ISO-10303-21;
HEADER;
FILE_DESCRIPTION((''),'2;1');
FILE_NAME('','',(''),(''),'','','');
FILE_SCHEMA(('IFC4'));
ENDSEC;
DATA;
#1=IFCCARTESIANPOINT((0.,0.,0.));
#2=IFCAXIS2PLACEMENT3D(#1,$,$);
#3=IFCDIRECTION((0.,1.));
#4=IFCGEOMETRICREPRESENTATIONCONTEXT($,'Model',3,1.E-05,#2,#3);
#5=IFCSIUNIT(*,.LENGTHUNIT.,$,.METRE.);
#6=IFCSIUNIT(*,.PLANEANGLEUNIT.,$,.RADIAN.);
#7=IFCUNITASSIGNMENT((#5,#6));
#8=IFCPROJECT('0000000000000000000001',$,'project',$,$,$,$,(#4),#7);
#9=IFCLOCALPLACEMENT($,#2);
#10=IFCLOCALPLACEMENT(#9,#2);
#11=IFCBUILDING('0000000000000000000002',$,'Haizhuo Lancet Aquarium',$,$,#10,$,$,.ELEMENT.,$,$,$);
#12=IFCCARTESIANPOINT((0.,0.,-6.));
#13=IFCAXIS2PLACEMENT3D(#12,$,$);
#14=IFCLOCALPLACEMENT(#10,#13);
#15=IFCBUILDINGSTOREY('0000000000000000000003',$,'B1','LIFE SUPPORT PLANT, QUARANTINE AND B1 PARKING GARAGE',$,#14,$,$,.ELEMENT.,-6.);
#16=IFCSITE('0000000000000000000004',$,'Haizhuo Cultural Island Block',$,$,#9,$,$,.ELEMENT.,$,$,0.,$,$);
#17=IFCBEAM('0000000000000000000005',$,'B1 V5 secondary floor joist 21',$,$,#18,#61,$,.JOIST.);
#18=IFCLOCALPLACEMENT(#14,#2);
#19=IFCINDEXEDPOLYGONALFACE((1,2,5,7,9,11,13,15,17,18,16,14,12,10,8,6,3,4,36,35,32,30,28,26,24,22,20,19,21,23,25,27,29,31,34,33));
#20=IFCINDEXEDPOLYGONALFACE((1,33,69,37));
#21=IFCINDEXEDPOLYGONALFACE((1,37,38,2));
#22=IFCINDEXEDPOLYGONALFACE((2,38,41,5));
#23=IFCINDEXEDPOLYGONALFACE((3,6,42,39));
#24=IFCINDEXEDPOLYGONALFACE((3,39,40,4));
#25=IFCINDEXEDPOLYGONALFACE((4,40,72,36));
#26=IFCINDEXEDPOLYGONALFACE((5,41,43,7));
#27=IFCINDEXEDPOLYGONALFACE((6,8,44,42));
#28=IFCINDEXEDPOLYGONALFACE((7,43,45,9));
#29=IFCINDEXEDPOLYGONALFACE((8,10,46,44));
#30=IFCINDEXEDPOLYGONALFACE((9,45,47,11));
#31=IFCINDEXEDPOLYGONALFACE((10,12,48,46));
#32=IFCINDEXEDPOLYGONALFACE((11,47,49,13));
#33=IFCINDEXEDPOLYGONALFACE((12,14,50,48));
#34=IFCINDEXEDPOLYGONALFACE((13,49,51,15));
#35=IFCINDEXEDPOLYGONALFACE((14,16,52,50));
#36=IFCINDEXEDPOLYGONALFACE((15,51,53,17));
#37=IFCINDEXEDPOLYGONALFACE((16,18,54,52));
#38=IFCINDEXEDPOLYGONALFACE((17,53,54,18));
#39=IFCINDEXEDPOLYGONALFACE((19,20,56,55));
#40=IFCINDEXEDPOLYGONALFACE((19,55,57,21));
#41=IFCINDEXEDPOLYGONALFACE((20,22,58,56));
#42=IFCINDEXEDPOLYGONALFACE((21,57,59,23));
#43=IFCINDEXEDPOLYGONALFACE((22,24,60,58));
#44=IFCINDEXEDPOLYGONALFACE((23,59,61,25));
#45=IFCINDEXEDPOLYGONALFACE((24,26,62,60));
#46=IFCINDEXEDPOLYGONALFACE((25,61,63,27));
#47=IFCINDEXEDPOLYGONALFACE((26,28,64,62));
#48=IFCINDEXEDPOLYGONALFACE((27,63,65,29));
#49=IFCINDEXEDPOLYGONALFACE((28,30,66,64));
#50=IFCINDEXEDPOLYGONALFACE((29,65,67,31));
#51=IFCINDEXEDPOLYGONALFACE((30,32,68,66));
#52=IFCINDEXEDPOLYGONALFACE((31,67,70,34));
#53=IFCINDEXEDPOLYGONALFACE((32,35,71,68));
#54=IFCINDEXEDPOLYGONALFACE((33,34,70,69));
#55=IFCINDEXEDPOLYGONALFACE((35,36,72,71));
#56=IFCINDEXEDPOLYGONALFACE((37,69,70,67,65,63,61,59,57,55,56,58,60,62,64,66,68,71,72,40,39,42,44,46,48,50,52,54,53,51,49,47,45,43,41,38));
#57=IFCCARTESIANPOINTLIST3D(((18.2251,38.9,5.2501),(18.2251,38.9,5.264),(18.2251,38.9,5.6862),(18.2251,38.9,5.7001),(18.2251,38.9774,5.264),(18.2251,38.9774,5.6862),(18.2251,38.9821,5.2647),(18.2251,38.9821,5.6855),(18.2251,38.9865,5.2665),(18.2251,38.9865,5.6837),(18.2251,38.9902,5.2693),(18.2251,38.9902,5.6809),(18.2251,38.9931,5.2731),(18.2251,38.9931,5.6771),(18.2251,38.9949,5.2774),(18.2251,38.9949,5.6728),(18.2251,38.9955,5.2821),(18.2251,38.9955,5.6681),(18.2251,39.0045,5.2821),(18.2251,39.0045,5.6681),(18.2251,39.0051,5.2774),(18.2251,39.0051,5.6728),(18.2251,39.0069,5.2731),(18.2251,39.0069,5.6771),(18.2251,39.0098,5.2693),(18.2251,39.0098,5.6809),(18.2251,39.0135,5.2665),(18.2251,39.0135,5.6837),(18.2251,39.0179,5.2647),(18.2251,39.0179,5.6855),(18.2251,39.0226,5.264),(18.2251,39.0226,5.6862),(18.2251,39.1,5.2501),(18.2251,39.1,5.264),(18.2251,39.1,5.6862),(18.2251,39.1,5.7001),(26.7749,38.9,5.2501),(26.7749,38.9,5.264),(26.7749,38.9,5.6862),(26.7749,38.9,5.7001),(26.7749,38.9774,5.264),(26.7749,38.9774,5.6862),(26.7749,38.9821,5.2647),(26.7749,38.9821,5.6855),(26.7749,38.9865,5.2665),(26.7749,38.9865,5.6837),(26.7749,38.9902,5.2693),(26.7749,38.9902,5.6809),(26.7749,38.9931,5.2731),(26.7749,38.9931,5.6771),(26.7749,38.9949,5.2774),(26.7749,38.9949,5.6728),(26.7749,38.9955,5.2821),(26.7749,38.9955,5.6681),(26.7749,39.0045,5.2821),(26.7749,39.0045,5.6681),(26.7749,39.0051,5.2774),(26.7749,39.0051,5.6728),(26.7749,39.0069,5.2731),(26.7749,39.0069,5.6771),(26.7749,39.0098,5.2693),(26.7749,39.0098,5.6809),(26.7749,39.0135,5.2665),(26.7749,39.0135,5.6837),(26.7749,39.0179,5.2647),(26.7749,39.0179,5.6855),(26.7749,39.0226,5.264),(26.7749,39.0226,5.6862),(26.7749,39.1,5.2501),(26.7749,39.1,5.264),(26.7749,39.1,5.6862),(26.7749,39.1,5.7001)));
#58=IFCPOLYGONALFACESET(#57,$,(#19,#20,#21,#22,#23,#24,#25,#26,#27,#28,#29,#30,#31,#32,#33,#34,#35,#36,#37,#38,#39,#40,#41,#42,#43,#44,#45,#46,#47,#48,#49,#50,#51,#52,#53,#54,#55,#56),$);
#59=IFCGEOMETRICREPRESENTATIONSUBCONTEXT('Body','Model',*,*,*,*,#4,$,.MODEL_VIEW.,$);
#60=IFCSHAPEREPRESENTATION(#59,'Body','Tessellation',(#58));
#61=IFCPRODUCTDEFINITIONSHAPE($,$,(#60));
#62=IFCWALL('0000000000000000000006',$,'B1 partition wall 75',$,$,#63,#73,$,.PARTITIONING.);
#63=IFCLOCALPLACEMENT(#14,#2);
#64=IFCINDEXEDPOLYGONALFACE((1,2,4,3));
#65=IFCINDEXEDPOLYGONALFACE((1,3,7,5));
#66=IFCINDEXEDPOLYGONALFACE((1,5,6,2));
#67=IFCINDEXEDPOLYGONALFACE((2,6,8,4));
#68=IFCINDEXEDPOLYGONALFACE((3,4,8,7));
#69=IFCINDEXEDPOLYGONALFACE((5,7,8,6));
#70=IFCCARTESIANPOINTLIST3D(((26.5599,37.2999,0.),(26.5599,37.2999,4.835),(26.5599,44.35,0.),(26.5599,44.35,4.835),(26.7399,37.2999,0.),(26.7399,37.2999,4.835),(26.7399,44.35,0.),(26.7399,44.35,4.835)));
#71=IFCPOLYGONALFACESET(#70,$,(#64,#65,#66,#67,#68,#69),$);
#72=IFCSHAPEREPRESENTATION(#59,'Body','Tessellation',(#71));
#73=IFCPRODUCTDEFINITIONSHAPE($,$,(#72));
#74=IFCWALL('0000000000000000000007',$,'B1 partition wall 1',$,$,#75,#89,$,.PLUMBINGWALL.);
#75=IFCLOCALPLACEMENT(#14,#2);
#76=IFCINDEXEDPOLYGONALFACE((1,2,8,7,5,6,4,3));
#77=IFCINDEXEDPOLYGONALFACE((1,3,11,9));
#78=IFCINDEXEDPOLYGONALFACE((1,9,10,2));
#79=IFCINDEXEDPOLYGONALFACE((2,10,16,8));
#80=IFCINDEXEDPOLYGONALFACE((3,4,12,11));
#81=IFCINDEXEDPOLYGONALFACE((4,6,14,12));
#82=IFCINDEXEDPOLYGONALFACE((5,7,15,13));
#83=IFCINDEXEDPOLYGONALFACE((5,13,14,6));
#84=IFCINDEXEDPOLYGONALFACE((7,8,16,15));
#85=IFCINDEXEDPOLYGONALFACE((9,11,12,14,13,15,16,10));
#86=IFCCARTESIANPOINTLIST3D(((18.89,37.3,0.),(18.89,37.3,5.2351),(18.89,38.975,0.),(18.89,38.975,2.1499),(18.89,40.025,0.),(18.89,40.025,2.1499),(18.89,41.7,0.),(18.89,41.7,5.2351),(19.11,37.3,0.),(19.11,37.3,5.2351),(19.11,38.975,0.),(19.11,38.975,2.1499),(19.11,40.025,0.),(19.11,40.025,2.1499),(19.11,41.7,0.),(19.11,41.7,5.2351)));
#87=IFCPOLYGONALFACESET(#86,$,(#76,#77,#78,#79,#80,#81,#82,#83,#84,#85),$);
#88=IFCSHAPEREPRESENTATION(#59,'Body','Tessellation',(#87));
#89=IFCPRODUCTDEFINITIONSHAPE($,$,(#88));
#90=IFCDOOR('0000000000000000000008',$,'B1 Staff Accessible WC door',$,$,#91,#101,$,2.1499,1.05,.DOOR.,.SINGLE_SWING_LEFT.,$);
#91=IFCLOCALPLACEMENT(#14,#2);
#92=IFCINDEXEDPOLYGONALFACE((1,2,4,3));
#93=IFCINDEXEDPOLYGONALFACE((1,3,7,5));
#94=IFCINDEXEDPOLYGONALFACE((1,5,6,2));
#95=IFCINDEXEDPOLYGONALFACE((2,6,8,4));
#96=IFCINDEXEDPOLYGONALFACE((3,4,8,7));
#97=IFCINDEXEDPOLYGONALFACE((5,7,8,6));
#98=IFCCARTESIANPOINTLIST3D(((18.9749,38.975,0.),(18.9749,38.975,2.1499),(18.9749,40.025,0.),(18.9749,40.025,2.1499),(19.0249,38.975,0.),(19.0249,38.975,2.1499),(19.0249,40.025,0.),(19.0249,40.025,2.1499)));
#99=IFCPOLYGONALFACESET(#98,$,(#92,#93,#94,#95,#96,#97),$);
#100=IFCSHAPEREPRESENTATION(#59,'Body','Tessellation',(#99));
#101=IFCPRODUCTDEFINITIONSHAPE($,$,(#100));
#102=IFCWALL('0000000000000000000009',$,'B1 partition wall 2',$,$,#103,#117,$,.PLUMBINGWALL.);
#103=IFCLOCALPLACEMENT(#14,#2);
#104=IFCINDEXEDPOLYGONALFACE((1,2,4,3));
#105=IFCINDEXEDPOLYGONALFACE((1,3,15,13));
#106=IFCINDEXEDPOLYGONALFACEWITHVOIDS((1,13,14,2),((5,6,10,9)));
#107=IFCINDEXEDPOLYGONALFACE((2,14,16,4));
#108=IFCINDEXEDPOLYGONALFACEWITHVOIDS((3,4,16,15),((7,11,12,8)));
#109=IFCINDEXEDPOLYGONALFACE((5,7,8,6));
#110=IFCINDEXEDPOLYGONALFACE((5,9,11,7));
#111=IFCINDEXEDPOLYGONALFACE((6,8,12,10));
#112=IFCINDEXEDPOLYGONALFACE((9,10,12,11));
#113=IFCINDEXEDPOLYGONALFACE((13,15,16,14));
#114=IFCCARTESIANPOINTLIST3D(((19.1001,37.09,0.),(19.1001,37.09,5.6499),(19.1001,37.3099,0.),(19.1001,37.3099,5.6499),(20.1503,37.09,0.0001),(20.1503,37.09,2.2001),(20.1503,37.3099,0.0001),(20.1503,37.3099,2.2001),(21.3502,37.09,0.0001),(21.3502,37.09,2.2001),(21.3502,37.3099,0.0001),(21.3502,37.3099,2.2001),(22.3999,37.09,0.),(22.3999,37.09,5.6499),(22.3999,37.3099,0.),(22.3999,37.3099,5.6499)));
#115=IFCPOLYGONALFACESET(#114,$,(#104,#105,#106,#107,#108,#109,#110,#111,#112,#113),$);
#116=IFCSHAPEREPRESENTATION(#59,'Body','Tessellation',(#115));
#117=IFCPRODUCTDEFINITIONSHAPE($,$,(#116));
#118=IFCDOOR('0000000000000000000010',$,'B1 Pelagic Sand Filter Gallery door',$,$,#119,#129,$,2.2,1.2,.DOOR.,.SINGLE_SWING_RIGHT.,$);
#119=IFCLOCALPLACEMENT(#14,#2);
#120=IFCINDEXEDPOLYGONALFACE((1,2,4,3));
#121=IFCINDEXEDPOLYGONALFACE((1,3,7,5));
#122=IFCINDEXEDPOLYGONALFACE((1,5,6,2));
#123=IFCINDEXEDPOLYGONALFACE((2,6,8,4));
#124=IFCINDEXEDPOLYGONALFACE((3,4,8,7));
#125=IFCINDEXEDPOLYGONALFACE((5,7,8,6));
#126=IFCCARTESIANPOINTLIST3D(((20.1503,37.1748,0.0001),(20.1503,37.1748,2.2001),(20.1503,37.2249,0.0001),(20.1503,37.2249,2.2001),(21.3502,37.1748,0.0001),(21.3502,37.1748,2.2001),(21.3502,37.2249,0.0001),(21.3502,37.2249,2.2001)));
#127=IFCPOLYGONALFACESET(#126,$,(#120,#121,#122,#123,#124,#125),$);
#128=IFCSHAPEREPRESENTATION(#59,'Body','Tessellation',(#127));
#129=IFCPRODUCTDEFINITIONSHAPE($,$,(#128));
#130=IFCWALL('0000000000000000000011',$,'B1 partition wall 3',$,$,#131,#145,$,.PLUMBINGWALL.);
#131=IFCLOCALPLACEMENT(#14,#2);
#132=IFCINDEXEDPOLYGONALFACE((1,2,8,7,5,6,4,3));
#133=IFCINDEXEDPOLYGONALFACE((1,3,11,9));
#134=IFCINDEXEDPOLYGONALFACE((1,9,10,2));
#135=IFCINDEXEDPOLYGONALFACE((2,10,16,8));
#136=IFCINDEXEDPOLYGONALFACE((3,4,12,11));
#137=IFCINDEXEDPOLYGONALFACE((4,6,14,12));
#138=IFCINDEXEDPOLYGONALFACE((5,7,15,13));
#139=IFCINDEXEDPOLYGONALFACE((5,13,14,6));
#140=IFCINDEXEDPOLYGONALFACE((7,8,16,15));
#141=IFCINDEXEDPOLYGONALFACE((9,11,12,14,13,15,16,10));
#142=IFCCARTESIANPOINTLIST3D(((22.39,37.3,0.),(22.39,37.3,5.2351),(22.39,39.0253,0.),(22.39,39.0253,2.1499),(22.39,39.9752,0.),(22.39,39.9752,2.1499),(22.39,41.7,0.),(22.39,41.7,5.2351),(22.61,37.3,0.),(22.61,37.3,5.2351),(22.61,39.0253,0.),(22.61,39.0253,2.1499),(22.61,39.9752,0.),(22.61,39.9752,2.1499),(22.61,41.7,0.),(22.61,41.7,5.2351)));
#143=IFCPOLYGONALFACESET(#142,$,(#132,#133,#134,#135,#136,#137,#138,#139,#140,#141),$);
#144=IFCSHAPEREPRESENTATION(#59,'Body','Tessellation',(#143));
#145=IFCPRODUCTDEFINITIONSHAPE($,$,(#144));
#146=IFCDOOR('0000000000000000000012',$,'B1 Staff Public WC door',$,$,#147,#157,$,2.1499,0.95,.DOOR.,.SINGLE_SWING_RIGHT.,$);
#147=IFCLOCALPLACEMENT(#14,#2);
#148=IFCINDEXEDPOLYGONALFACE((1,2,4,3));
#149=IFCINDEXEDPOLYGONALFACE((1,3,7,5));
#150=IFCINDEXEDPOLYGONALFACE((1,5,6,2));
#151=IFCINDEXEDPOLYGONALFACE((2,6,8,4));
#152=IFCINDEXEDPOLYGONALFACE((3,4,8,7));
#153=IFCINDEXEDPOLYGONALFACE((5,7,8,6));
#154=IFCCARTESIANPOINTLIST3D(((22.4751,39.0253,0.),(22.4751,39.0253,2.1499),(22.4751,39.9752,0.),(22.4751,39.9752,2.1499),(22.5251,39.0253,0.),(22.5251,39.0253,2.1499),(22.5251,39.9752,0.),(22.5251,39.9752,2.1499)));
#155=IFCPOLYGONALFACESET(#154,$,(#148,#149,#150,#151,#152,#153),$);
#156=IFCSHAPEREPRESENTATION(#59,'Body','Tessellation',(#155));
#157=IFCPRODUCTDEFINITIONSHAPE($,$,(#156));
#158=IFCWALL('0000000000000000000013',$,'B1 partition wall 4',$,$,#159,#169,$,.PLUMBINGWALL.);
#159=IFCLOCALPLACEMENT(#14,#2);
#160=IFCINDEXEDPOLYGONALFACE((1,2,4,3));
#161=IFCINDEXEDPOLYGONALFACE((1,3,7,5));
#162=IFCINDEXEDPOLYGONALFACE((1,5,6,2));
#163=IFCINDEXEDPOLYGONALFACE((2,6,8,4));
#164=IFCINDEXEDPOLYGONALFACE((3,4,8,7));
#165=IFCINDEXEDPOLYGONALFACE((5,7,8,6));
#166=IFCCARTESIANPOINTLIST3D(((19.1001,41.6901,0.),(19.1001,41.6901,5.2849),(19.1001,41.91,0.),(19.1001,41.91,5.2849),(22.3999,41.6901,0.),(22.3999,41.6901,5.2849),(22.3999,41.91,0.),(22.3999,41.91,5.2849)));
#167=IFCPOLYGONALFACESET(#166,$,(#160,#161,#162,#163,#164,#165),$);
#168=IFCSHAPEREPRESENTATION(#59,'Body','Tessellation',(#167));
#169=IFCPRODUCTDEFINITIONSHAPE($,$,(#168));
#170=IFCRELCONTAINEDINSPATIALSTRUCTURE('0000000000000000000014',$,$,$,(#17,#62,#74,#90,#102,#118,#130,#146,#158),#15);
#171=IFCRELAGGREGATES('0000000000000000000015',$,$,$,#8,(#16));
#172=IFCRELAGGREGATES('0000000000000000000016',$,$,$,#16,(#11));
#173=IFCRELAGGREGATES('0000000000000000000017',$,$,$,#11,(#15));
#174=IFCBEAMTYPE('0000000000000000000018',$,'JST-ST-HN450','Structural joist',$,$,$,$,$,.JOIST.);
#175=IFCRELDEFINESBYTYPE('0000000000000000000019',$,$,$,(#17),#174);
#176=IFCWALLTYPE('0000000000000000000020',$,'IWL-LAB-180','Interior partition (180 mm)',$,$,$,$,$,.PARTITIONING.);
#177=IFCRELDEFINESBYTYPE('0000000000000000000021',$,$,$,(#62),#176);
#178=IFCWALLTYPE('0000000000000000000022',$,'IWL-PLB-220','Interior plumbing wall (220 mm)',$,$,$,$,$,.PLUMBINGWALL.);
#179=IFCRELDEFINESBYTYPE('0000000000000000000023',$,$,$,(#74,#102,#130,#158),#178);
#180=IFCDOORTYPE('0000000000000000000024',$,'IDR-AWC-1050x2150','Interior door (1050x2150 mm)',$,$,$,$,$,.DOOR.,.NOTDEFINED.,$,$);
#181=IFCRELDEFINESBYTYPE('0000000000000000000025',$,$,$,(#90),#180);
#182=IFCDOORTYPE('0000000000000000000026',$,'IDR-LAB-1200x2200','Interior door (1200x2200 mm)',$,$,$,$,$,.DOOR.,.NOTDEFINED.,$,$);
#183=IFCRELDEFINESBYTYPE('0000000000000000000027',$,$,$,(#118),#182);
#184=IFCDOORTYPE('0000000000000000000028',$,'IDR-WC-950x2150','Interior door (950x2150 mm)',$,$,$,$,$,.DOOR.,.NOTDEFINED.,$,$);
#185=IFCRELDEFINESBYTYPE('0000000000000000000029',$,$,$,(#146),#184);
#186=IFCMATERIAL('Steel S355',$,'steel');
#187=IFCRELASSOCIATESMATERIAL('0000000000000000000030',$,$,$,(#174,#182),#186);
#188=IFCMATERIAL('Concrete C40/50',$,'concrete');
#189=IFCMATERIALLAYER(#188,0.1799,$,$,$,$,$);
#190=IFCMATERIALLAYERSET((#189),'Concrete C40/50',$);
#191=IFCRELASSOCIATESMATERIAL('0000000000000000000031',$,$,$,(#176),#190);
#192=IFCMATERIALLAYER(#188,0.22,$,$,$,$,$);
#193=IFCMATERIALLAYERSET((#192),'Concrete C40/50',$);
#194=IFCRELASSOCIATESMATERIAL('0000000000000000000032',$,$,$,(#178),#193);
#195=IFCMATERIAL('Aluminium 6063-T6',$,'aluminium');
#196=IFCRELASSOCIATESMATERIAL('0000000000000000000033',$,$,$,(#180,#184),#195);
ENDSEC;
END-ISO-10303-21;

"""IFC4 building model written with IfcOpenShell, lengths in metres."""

from ifc_helpers import new_model, si_unit, direction, frame, frame_2d, origin, origin_2d, place, context, subcontext, project, spatial, rectangle, i_section, extrude, material, layer, layer_set, material_profile, profile_set, type_object, element, fill, save


model = new_model("IFC4")

# Units and contexts
model_context = context("Model", 3, precision=1e-05, world=origin(), true_north=direction((0.0, 1.0)))
body_context = subcontext(model_context, "Body", "Model", "MODEL_VIEW")
ifc_project = project(units=[si_unit("LENGTHUNIT", "METRE"), si_unit("PLANEANGLEUNIT", "RADIAN")], contexts=[model_context])

# Site, building, storey
site_placement = place(None, origin())
site = spatial("IfcSite", under=ifc_project, at=site_placement, Name="Haizhuo Cultural Island Block", CompositionType="ELEMENT", RefElevation=0.0)
building_placement = place(site_placement, origin())
building = spatial("IfcBuilding", under=site, at=building_placement, Name="Haizhuo Lancet Aquarium", CompositionType="ELEMENT")
storey_placement = place(building_placement, frame((0.0, 0.0, -6.0)))
storey = spatial("IfcBuildingStorey", under=building, at=storey_placement, Name="B1", Description="LIFE SUPPORT PLANT, QUARANTINE AND B1 PARKING GARAGE", CompositionType="ELEMENT", Elevation=-6.0)

# Shared definitions
ifc_material_1 = material(Name="Concrete C40/50", Category="concrete")

# Beam
ifc_material_2 = material(Name="Steel S355", Category="steel")
ifc_material_profile_1 = material_profile(ifc_material_2, i_section(OverallWidth=0.2, OverallDepth=0.45, WebThickness=0.009, FlangeThickness=0.0139, FilletRadius=0.0181, at=origin_2d()), Name="HN 450x200x9x14")
ifc_profile_set_1 = profile_set([ifc_material_profile_1], Name="Steel S355")
beam_type_1 = type_object("IfcBeamType", Name="JST-ST-HN450", Description="Structural joist", PredefinedType="JOIST", material=ifc_profile_set_1)
beam_1_placement = place(storey_placement, frame((18.2251, 39.0, 5.4751), z_axis=(1.0, 0.0, 0.0), x_axis=(0.0, 1.0, 0.0)))
element("IfcBeam", 1, at=beam_1_placement, inside=storey, type_object=beam_type_1, Name="B1 V5 secondary floor joist 21", PredefinedType="JOIST", context=body_context, shape_type="SweptSolid", body=[
    extrude(i_section(OverallWidth=0.2, OverallDepth=0.45, WebThickness=0.009, FlangeThickness=0.0139, FilletRadius=0.0181, at=origin_2d()), origin(), (0.0, 0.0, 1.0), 8.5498),
])

# Wall
ifc_layer_1 = layer(ifc_material_1, 0.1799)
ifc_layer_set_1 = layer_set([ifc_layer_1], Name="Concrete C40/50")
wall_type_1 = type_object("IfcWallType", Name="IWL-LAB-180", Description="Interior partition (180 mm)", PredefinedType="PARTITIONING", material=ifc_layer_set_1)
wall_1_placement = place(storey_placement, frame((26.6499, 37.3, 0.0), z_axis=(0.0, 0.0, 1.0), x_axis=(0.0, 1.0, 0.0)))
element("IfcWall", 2, at=wall_1_placement, inside=storey, type_object=wall_type_1, Name="B1 partition wall 75", PredefinedType="PARTITIONING", context=body_context, shape_type="SweptSolid", body=[
    extrude(rectangle(XDim=7.05, YDim=0.1799, at=frame_2d((3.5249, 0.0))), origin(), (0.0, 0.0, 1.0), 4.835),
])

# Walls, openings, doors
ifc_layer_2 = layer(ifc_material_1, 0.22)
ifc_layer_set_2 = layer_set([ifc_layer_2], Name="Concrete C40/50")
wall_type_2 = type_object("IfcWallType", Name="IWL-PLB-220", Description="Interior plumbing wall (220 mm)", PredefinedType="PLUMBINGWALL", material=ifc_layer_set_2)
wall_2_placement = place(storey_placement, frame((19.0, 41.7, 0.0), z_axis=(0.0, 0.0, 1.0), x_axis=(0.0, -1.0, 0.0)))
wall_2 = element("IfcWall", 3, at=wall_2_placement, inside=storey, type_object=wall_type_2, Name="B1 partition wall 1", PredefinedType="PLUMBINGWALL", context=body_context, shape_type="SweptSolid", body=[
    extrude(rectangle(XDim=4.3999, YDim=0.22, at=frame_2d((2.2, 0.0))), origin(), (0.0, 0.0, 1.0), 5.2351),
])
opening_1_placement = place(wall_2_placement, frame((1.675, 0.0, 0.0)))
opening_1 = element("IfcOpeningElement", 4, at=opening_1_placement, cuts=wall_2, PredefinedType="OPENING", context=body_context, shape_type="SweptSolid", body=[
    extrude(rectangle(XDim=1.05, YDim=2.1499, at=frame_2d((0.5249, 1.075))), frame((0.0, 0.1199, 0.0), z_axis=(0.0, -1.0, 0.0), x_axis=(1.0, 0.0, 0.0)), (0.0, 0.0, 1.0), 0.24),
])
ifc_material_3 = material(Name="Aluminium 6063-T6", Category="aluminium")
door_type_1 = type_object("IfcDoorType", Name="IDR-AWC-1050x2150", Description="Interior door (1050x2150 mm)", OperationType="NOTDEFINED", PredefinedType="DOOR", material=ifc_material_3)
door_1_placement = place(opening_1_placement, origin())
door_1 = element("IfcDoor", 5, at=door_1_placement, inside=storey, type_object=door_type_1, Name="B1 Staff Accessible WC door", OperationType="SINGLE_SWING_LEFT", OverallHeight=2.1499, OverallWidth=1.05, PredefinedType="DOOR", context=body_context, shape_type="SweptSolid", body=[
    extrude(rectangle(XDim=1.05, YDim=2.1499, at=frame_2d((0.5249, 1.075))), frame((0.0, 0.0249, 0.0), z_axis=(0.0, -1.0, 0.0), x_axis=(1.0, 0.0, 0.0)), (0.0, 0.0, 1.0), 0.05),
])
fill(opening_1, door_1)
wall_3_placement = place(storey_placement, frame((19.1001, 37.2, 0.0), z_axis=(0.0, 0.0, 1.0), x_axis=(1.0, 0.0, 0.0)))
wall_3 = element("IfcWall", 6, at=wall_3_placement, inside=storey, type_object=wall_type_2, Name="B1 partition wall 2", PredefinedType="PLUMBINGWALL", context=body_context, shape_type="SweptSolid", body=[
    extrude(rectangle(XDim=3.2998, YDim=0.22, at=frame_2d((1.6499, 0.0))), origin(), (0.0, 0.0, 1.0), 5.6499),
])
opening_2_placement = place(wall_3_placement, frame((1.05, 0.0, 0.0)))
opening_2 = element("IfcOpeningElement", 7, at=opening_2_placement, cuts=wall_3, PredefinedType="OPENING", context=body_context, shape_type="SweptSolid", body=[
    extrude(rectangle(XDim=1.2, YDim=2.2, at=frame_2d((0.6001, 1.1001))), frame((0.0, 0.1199, 0.0), z_axis=(0.0, -1.0, 0.0), x_axis=(1.0, 0.0, 0.0)), (0.0, 0.0, 1.0), 0.24),
])
door_type_2 = type_object("IfcDoorType", Name="IDR-LAB-1200x2200", Description="Interior door (1200x2200 mm)", OperationType="NOTDEFINED", PredefinedType="DOOR", material=ifc_material_2)
door_2_placement = place(opening_2_placement, origin())
door_2 = element("IfcDoor", 8, at=door_2_placement, inside=storey, type_object=door_type_2, Name="B1 Pelagic Sand Filter Gallery door", OperationType="SINGLE_SWING_RIGHT", OverallHeight=2.2, OverallWidth=1.2, PredefinedType="DOOR", context=body_context, shape_type="SweptSolid", body=[
    extrude(rectangle(XDim=1.2, YDim=2.2, at=frame_2d((0.6001, 1.1001))), frame((0.0, 0.0249, 0.0), z_axis=(0.0, -1.0, 0.0), x_axis=(1.0, 0.0, 0.0)), (0.0, 0.0, 1.0), 0.05),
])
fill(opening_2, door_2)
wall_4_placement = place(storey_placement, frame((22.5, 37.3, 0.0), z_axis=(0.0, 0.0, 1.0), x_axis=(0.0, 1.0, 0.0)))
wall_4 = element("IfcWall", 9, at=wall_4_placement, inside=storey, type_object=wall_type_2, Name="B1 partition wall 3", PredefinedType="PLUMBINGWALL", context=body_context, shape_type="SweptSolid", body=[
    extrude(rectangle(XDim=4.3999, YDim=0.22, at=frame_2d((2.2, 0.0))), origin(), (0.0, 0.0, 1.0), 5.2351),
])
opening_3_placement = place(wall_4_placement, frame((1.7251, 0.0, 0.0)))
opening_3 = element("IfcOpeningElement", 10, at=opening_3_placement, cuts=wall_4, PredefinedType="OPENING", context=body_context, shape_type="SweptSolid", body=[
    extrude(rectangle(XDim=0.95, YDim=2.1499, at=frame_2d((0.4751, 1.075))), frame((0.0, 0.1199, 0.0), z_axis=(0.0, -1.0, 0.0), x_axis=(1.0, 0.0, 0.0)), (0.0, 0.0, 1.0), 0.24),
])
door_type_3 = type_object("IfcDoorType", Name="IDR-WC-950x2150", Description="Interior door (950x2150 mm)", OperationType="NOTDEFINED", PredefinedType="DOOR", material=ifc_material_3)
door_3_placement = place(opening_3_placement, origin())
door_3 = element("IfcDoor", 11, at=door_3_placement, inside=storey, type_object=door_type_3, Name="B1 Staff Public WC door", OperationType="SINGLE_SWING_RIGHT", OverallHeight=2.1499, OverallWidth=0.95, PredefinedType="DOOR", context=body_context, shape_type="SweptSolid", body=[
    extrude(rectangle(XDim=0.95, YDim=2.1499, at=frame_2d((0.4751, 1.075))), frame((0.0, 0.0249, 0.0), z_axis=(0.0, -1.0, 0.0), x_axis=(1.0, 0.0, 0.0)), (0.0, 0.0, 1.0), 0.05),
])
fill(opening_3, door_3)

# Wall
wall_5_placement = place(storey_placement, frame((22.3999, 41.8, 0.0), z_axis=(0.0, 0.0, 1.0), x_axis=(-1.0, 0.0, 0.0)))
element("IfcWall", 12, at=wall_5_placement, inside=storey, type_object=wall_type_2, Name="B1 partition wall 4", PredefinedType="PLUMBINGWALL", context=body_context, shape_type="SweptSolid", body=[
    extrude(rectangle(XDim=3.2998, YDim=0.22, at=frame_2d((1.6499, 0.0))), origin(), (0.0, 0.0, 1.0), 5.2849),
])

save(model, "model.ifc")
